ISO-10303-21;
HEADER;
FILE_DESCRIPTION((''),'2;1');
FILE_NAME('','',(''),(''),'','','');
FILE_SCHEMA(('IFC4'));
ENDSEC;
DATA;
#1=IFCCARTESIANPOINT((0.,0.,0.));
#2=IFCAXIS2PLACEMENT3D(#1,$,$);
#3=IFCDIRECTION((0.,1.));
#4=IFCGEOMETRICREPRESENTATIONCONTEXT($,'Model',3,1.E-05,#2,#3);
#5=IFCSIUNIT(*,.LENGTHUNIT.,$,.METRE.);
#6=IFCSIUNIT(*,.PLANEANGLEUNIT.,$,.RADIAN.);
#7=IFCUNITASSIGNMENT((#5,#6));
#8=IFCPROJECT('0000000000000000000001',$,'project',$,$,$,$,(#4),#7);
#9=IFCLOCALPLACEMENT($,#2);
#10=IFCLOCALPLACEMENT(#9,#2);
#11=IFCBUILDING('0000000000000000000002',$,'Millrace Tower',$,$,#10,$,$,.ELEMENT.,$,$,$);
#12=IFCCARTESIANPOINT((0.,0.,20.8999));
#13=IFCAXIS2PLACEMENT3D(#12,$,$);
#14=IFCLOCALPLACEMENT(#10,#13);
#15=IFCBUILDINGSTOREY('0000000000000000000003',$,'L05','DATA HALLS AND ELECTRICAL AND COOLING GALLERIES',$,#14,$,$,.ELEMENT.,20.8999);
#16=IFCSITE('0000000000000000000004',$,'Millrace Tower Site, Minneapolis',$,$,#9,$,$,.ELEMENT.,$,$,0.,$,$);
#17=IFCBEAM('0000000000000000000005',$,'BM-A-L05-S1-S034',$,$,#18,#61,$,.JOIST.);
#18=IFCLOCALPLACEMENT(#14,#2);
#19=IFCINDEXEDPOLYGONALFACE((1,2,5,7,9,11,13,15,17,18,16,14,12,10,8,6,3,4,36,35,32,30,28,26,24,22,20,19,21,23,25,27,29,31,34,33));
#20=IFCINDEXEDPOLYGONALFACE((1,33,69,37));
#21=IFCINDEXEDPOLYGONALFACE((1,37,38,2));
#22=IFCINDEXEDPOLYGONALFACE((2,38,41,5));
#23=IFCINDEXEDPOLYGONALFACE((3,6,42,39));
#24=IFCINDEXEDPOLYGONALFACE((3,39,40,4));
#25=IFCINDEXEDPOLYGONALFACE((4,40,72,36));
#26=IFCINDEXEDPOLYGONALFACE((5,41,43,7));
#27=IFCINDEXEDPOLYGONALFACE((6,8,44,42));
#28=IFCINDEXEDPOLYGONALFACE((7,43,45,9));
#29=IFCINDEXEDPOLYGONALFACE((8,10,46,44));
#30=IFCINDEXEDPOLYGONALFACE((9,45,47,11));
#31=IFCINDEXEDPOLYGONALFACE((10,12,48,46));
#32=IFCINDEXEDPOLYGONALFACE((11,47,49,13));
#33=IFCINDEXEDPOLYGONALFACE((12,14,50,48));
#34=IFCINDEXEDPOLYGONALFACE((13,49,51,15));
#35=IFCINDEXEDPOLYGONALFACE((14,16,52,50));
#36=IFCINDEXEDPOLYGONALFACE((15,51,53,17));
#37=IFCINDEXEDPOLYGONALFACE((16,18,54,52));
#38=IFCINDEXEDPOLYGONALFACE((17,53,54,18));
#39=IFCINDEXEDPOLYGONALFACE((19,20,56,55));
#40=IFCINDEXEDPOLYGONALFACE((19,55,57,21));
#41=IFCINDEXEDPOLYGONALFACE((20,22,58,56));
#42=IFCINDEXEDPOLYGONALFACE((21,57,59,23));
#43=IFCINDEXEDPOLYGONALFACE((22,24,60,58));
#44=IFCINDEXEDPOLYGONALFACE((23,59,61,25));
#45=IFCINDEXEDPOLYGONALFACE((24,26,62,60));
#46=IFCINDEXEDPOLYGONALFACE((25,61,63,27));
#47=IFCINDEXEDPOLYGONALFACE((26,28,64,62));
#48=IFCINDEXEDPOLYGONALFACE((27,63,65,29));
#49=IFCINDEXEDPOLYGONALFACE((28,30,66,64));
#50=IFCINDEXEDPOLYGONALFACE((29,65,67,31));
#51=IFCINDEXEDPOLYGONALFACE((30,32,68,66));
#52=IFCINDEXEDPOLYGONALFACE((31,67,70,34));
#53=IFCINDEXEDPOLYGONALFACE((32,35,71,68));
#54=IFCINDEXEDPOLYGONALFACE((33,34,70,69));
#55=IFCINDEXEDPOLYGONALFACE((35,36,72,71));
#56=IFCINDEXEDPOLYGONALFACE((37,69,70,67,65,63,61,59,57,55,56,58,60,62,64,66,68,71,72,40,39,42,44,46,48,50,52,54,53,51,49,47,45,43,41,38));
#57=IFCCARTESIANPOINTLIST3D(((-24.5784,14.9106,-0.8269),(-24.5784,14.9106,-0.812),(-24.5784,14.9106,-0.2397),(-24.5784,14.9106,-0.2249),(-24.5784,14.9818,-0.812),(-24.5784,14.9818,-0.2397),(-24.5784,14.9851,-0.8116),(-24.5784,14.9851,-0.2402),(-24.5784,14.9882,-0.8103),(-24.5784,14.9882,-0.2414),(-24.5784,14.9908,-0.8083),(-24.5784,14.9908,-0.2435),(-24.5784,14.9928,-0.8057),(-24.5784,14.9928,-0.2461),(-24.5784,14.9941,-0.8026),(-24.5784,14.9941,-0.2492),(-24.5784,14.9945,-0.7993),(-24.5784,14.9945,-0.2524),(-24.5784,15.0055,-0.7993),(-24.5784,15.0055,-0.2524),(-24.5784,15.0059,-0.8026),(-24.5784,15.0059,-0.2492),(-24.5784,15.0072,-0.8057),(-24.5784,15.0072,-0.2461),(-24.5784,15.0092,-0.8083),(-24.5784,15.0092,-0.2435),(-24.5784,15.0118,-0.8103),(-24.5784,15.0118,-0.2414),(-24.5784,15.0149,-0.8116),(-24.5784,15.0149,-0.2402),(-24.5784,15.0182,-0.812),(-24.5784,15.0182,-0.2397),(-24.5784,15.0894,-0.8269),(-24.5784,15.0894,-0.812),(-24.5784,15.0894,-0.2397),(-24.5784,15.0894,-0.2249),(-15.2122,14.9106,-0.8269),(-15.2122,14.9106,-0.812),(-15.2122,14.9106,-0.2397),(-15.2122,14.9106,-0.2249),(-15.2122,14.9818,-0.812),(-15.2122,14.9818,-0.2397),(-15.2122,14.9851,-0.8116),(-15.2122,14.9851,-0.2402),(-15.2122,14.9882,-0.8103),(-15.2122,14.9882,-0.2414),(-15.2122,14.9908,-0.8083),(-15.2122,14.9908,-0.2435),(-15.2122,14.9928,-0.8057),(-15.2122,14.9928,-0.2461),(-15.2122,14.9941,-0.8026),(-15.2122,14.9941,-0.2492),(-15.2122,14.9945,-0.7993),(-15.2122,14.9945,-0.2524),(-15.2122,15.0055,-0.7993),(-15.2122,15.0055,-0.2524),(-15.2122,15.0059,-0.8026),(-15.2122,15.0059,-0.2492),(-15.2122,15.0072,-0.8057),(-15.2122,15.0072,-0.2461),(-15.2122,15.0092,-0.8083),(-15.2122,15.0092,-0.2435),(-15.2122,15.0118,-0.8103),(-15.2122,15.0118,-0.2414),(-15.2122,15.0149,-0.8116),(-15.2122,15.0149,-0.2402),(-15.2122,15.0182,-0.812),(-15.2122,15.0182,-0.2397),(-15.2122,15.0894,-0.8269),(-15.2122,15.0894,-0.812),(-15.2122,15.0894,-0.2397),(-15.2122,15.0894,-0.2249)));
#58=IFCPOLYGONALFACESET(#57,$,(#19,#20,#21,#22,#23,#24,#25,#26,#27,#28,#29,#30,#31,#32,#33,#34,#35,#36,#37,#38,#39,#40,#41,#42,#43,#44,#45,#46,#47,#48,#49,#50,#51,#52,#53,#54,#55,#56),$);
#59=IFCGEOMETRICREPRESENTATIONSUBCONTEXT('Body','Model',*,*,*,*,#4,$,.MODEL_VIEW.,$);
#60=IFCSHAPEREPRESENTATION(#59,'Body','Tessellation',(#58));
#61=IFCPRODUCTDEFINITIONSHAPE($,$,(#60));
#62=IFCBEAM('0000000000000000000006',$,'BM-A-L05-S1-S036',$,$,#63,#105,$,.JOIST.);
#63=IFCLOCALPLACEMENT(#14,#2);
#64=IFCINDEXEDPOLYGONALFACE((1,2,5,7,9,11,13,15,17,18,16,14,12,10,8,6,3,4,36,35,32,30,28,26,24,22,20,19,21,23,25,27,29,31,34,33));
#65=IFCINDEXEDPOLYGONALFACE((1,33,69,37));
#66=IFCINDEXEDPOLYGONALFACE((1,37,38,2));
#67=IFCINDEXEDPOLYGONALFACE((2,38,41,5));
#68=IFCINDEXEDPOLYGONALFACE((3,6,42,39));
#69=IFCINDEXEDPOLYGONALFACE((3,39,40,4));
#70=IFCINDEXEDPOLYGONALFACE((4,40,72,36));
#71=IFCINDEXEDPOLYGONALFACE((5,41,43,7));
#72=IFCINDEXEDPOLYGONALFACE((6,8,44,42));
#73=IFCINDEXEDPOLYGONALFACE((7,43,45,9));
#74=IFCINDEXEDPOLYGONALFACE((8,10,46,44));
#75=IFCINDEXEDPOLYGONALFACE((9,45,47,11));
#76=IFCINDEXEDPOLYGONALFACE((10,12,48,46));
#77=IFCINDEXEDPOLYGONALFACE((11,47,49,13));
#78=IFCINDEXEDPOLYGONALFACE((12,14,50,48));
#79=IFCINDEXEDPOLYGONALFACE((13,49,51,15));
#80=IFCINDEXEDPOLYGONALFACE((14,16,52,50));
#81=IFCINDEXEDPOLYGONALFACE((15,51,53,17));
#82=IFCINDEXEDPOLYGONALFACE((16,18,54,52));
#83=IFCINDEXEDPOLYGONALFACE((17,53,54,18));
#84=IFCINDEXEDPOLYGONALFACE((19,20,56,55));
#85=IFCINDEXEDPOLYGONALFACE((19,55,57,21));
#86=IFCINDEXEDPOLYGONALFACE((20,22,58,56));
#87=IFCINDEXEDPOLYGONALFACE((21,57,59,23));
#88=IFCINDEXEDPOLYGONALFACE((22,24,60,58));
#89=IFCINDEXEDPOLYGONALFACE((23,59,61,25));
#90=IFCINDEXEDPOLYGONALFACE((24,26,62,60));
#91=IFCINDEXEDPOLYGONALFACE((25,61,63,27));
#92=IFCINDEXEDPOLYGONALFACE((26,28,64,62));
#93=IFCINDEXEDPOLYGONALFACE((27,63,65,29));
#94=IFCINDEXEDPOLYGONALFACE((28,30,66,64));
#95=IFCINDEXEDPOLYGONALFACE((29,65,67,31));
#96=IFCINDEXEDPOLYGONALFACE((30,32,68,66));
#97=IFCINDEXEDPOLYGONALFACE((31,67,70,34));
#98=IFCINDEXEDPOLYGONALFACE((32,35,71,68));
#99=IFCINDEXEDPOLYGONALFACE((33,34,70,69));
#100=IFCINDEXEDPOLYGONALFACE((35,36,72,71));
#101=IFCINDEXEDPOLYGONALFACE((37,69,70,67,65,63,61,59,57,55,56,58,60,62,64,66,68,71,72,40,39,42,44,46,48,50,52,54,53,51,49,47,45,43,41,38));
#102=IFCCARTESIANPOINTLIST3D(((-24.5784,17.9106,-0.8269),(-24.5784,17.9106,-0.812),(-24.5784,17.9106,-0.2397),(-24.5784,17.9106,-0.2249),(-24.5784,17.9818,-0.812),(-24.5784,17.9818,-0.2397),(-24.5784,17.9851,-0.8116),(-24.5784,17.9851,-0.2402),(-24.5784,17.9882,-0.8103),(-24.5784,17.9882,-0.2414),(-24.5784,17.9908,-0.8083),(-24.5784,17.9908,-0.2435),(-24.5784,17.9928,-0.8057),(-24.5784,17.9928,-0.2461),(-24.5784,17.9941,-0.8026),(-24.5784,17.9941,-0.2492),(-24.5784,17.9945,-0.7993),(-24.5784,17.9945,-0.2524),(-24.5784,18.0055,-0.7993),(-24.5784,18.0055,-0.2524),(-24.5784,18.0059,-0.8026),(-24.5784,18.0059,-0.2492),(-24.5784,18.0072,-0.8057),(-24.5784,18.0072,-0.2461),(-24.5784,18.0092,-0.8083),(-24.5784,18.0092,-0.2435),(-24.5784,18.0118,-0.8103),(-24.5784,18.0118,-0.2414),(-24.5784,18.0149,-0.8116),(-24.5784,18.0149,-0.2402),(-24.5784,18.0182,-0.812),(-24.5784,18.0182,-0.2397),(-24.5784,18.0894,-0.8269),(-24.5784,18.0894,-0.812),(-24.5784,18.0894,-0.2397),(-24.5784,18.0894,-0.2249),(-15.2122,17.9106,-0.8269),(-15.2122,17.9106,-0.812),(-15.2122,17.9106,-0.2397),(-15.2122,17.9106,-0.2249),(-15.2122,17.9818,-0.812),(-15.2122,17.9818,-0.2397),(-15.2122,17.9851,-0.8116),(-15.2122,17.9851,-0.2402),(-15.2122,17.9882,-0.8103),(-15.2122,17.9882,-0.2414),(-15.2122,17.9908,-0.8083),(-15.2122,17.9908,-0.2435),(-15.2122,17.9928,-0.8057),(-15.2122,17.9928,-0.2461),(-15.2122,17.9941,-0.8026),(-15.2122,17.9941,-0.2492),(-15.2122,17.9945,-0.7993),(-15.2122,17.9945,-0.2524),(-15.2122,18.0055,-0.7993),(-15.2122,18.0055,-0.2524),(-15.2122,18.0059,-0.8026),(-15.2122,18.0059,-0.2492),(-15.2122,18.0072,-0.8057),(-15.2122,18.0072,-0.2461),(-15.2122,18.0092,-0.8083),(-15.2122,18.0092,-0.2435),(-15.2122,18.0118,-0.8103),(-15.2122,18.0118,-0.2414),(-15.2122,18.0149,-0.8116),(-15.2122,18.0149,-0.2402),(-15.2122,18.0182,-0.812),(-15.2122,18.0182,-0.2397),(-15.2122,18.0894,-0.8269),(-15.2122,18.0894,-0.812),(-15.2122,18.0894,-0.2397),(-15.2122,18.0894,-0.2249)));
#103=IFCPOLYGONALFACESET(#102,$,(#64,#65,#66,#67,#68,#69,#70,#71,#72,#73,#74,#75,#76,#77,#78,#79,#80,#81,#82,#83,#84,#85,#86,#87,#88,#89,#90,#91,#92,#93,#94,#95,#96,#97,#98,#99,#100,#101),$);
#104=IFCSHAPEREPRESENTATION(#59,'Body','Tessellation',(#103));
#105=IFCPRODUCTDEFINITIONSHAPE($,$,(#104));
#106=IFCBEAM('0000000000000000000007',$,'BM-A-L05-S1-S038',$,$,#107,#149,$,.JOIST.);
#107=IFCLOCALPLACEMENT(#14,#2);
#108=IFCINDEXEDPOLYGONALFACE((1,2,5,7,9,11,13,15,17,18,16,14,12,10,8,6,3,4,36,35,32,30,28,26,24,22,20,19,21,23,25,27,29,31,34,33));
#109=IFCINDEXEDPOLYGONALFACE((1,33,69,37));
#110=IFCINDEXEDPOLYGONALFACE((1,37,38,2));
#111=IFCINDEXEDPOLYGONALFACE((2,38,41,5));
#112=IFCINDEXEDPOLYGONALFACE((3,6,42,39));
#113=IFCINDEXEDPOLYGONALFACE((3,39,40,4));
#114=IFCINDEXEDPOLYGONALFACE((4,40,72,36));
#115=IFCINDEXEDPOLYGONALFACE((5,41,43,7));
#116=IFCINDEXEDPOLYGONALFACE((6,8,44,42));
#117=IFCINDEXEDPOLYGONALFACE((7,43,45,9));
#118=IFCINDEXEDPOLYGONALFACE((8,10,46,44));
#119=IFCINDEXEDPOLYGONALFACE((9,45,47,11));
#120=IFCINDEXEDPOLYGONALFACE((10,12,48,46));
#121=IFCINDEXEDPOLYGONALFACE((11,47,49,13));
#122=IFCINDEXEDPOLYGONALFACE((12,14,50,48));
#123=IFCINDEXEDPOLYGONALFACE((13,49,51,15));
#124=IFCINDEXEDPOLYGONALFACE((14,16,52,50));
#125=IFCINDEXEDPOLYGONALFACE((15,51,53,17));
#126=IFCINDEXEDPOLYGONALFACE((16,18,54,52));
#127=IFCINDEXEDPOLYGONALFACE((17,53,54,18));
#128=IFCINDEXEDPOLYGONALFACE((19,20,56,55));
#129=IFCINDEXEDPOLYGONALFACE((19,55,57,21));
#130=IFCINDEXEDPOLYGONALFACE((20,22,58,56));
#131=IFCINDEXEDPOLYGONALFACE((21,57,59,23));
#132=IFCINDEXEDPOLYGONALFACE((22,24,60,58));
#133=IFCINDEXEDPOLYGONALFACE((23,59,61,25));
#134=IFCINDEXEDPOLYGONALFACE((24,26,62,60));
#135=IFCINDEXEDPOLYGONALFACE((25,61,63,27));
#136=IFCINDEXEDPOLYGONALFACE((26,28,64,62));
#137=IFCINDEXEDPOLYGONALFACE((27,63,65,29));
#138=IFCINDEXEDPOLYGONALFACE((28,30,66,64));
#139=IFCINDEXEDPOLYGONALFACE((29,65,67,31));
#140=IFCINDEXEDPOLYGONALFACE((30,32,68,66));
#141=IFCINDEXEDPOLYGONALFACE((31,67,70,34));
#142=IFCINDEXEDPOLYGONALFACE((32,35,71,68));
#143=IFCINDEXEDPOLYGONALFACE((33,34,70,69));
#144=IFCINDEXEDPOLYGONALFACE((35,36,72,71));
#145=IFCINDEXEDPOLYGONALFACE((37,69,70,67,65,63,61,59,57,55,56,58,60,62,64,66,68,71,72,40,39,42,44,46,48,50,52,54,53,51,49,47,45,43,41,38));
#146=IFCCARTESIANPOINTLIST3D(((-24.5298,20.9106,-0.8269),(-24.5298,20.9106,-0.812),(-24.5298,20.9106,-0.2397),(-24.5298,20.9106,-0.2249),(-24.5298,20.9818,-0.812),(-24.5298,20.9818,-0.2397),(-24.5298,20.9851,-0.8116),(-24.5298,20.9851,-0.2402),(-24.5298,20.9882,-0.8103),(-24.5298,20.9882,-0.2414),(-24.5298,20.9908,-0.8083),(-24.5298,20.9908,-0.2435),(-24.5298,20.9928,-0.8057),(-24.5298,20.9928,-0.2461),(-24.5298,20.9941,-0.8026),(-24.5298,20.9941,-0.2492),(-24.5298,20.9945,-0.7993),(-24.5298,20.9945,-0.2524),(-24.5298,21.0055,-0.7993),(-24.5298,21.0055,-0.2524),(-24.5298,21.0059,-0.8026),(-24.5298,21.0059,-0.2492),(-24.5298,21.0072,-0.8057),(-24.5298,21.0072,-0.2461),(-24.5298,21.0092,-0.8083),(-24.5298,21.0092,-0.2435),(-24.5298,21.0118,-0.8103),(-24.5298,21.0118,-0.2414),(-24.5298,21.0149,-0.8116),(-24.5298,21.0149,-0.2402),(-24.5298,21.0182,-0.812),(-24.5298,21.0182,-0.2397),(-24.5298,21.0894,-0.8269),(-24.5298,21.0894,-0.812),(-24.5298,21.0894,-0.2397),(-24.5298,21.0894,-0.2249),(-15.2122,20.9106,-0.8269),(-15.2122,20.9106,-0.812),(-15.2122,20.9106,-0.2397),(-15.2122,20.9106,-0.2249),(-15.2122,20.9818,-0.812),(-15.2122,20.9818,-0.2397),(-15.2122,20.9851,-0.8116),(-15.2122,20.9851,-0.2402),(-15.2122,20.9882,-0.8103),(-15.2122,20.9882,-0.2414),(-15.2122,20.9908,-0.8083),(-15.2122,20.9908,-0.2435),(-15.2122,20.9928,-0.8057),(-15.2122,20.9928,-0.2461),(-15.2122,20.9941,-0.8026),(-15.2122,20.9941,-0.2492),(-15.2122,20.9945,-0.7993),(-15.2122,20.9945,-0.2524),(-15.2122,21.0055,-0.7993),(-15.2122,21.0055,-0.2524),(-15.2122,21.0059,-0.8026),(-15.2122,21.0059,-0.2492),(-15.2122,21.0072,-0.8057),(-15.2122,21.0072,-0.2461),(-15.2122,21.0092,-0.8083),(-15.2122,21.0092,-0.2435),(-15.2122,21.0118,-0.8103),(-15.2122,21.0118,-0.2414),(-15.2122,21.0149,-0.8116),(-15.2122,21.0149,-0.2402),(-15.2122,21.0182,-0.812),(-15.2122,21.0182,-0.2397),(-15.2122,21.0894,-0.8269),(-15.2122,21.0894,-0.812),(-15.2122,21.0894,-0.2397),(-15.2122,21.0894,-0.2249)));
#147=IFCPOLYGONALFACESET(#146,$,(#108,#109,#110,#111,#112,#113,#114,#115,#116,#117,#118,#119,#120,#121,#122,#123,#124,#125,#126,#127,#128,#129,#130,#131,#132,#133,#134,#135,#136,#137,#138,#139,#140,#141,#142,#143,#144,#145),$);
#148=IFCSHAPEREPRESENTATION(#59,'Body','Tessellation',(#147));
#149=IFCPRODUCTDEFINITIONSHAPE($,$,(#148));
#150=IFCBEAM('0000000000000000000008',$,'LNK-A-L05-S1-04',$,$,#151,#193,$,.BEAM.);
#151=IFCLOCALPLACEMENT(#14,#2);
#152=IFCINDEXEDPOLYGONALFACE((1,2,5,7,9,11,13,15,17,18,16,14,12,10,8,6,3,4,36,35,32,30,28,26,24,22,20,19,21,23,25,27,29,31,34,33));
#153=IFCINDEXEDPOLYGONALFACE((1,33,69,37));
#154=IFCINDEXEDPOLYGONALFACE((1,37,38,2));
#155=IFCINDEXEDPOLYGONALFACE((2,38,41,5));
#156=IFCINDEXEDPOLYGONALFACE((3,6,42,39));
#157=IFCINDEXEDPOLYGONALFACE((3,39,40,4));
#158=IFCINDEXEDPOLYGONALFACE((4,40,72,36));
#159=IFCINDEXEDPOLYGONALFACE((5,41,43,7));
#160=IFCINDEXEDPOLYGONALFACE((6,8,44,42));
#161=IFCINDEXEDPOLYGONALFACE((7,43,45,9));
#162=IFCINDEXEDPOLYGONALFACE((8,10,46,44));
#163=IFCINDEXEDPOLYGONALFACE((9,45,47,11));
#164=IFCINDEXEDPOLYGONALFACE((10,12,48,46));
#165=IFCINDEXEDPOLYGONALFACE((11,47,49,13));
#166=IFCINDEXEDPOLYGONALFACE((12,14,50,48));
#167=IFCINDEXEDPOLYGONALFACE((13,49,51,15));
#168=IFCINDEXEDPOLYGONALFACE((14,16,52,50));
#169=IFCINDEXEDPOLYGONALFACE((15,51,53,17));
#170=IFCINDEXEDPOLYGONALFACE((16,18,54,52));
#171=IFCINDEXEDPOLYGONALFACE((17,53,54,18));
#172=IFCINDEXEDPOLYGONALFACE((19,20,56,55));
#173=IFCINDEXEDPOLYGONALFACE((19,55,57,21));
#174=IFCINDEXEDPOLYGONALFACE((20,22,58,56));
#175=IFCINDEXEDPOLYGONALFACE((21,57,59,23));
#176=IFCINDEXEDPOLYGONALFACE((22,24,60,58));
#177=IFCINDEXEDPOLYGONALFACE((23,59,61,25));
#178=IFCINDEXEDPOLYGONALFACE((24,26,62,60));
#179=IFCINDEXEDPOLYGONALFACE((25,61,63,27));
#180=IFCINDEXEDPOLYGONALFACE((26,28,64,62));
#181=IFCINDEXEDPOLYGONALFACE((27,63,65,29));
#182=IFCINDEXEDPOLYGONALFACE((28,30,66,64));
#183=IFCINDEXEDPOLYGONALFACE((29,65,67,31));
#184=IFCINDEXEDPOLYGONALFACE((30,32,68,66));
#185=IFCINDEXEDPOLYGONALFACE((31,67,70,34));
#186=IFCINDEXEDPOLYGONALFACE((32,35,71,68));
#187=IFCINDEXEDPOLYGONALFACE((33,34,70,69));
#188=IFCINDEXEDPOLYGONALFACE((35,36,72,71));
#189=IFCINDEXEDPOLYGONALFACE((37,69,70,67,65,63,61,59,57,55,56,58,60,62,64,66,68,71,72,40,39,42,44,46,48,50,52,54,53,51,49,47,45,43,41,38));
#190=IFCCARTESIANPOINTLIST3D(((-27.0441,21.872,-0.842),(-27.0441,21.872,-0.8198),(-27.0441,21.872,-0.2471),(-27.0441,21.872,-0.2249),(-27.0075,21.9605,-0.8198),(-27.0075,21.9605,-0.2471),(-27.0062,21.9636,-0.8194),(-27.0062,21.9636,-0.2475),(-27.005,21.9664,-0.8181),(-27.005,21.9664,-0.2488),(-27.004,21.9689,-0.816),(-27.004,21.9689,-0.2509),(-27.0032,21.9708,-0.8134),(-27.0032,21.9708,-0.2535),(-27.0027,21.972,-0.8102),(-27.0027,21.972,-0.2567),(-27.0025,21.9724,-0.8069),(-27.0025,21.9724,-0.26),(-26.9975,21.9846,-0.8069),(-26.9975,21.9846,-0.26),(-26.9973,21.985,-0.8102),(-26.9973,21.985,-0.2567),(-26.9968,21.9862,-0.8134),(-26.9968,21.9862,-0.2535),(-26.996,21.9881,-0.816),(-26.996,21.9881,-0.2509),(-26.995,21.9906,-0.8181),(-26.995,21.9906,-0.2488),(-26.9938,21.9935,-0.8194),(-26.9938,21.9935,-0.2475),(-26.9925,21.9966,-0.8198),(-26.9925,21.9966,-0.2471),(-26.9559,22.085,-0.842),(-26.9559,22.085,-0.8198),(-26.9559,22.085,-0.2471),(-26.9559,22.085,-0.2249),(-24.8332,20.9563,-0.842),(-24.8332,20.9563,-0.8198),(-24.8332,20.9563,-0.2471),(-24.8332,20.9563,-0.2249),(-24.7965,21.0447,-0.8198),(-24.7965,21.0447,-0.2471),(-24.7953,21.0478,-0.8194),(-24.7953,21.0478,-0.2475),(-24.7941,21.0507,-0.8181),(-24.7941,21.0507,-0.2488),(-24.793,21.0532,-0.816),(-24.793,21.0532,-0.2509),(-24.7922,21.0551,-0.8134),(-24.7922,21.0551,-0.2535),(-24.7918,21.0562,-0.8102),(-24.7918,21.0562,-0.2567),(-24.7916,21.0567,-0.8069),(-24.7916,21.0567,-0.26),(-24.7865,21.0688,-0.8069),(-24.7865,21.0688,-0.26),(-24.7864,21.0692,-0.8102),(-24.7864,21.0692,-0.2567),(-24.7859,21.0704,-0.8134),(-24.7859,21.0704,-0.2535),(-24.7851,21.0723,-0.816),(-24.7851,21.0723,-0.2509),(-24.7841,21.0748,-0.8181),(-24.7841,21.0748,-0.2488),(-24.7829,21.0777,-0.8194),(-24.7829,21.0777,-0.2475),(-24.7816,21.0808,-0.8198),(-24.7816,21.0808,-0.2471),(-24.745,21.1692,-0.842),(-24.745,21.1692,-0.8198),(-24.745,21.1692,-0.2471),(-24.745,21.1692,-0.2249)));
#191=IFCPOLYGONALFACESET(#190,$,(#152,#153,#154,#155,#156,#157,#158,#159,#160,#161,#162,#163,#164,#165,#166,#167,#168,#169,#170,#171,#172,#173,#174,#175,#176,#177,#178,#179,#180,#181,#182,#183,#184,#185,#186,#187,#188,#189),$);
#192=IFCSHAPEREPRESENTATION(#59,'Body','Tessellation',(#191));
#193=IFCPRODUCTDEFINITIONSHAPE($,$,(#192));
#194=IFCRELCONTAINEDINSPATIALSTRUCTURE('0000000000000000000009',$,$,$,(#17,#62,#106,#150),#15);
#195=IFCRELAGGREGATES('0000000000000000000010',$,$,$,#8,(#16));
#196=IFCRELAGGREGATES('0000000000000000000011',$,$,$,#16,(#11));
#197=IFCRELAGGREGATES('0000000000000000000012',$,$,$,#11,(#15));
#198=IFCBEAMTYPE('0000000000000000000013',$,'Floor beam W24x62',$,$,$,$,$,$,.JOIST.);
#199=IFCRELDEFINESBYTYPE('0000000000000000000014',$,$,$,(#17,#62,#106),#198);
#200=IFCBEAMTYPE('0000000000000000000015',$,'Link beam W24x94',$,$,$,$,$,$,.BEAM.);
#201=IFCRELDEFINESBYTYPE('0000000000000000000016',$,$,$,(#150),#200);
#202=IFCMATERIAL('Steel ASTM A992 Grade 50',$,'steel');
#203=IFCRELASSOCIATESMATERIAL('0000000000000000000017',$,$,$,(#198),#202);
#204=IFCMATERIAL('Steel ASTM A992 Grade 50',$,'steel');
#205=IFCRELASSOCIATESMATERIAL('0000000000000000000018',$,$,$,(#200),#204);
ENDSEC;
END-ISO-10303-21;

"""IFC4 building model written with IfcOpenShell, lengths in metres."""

from ifc_helpers import new_model, si_unit, direction, frame, origin, origin_2d, place, context, subcontext, project, spatial, i_section, extrude, material, material_profile, profile_set, type_object, element, save


model = new_model("IFC4")

# Units and contexts
model_context = context("Model", 3, precision=1e-05, world=origin(), true_north=direction((0.0, 1.0)))
body_context = subcontext(model_context, "Body", "Model", "MODEL_VIEW")
ifc_project = project(units=[si_unit("LENGTHUNIT", "METRE"), si_unit("PLANEANGLEUNIT", "RADIAN")], contexts=[model_context])

# Site, building, storey
site_placement = place(None, origin())
site = spatial("IfcSite", under=ifc_project, at=site_placement, Name="Millrace Tower Site, Minneapolis", CompositionType="ELEMENT", RefElevation=0.0)
building_placement = place(site_placement, origin())
building = spatial("IfcBuilding", under=site, at=building_placement, Name="Millrace Tower", CompositionType="ELEMENT")
storey_placement = place(building_placement, frame((0.0, 0.0, 20.8999)))
storey = spatial("IfcBuildingStorey", under=building, at=storey_placement, Name="L05", Description="DATA HALLS AND ELECTRICAL AND COOLING GALLERIES", CompositionType="ELEMENT", Elevation=20.8999)

# Beams
ifc_material_1 = material(Name="Steel ASTM A992 Grade 50", Category="steel")
ifc_material_profile_1 = material_profile(ifc_material_1, i_section(OverallWidth=0.1787, OverallDepth=0.6021, WebThickness=0.011, FlangeThickness=0.0149, FilletRadius=0.0127, at=origin_2d()))
ifc_profile_set_1 = profile_set([ifc_material_profile_1], Name="Steel ASTM A992 Grade 50")
beam_type_1 = type_object("IfcBeamType", Name="Floor beam W24x62", PredefinedType="JOIST", material=ifc_profile_set_1)
for number, where, z_axis, x_axis, name in (
    (1, (-24.5784, 15.0, -0.5259), (1.0, 0.0, 0.0), (0.0, 1.0, 0.0), "BM-A-L05-S1-S034"),
    (2, (-24.5784, 18.0, -0.5259), (1.0, 0.0, 0.0), (0.0, 1.0, 0.0), "BM-A-L05-S1-S036"),
):
    element("IfcBeam", number, at=place(storey_placement, frame(where, z_axis=z_axis, x_axis=x_axis)), inside=storey, type_object=beam_type_1, Name=name, PredefinedType="JOIST", context=body_context, shape_type="SweptSolid", body=[
        extrude(i_section(OverallWidth=0.1787, OverallDepth=0.6021, WebThickness=0.011, FlangeThickness=0.0149, FilletRadius=0.0127, at=origin_2d()), origin(), (0.0, 0.0, 1.0), 9.3662),
    ])
beam_1_placement = place(storey_placement, frame((-24.5298, 21.0, -0.5259), z_axis=(1.0, 0.0, 0.0), x_axis=(0.0, 1.0, 0.0)))
element("IfcBeam", 3, at=beam_1_placement, inside=storey, type_object=beam_type_1, Name="BM-A-L05-S1-S038", PredefinedType="JOIST", context=body_context, shape_type="SweptSolid", body=[
    extrude(i_section(OverallWidth=0.1787, OverallDepth=0.6021, WebThickness=0.011, FlangeThickness=0.0149, FilletRadius=0.0127, at=origin_2d()), origin(), (0.0, 0.0, 1.0), 9.3176),
])
ifc_material_2 = material(Name="Steel ASTM A992 Grade 50", Category="steel")
ifc_material_profile_2 = material_profile(ifc_material_2, i_section(OverallWidth=0.2305, OverallDepth=0.6172, WebThickness=0.0132, FlangeThickness=0.0222, FilletRadius=0.0129, at=origin_2d()))
ifc_profile_set_2 = profile_set([ifc_material_profile_2], Name="Steel ASTM A992 Grade 50")
beam_type_2 = type_object("IfcBeamType", Name="Link beam W24x94", PredefinedType="BEAM", material=ifc_profile_set_2)
for number, where, z_axis, x_axis, name in (
    (4, (-24.7891, 21.0627, -0.5334), (-0.923884, 0.382673, 0.0), (-0.382673, -0.923884, 0.0), "LNK-A-L05-S1-04"),
):
    element("IfcBeam", number, at=place(storey_placement, frame(where, z_axis=z_axis, x_axis=x_axis)), inside=storey, type_object=beam_type_2, Name=name, PredefinedType="BEAM", context=body_context, shape_type="SweptSolid", body=[
        extrude(i_section(OverallWidth=0.2305, OverallDepth=0.6172, WebThickness=0.0132, FlangeThickness=0.0222, FilletRadius=0.0129, at=origin_2d()), origin(), (0.0, 0.0, 1.0), 2.3931),
    ])

save(model, "model.ifc")
